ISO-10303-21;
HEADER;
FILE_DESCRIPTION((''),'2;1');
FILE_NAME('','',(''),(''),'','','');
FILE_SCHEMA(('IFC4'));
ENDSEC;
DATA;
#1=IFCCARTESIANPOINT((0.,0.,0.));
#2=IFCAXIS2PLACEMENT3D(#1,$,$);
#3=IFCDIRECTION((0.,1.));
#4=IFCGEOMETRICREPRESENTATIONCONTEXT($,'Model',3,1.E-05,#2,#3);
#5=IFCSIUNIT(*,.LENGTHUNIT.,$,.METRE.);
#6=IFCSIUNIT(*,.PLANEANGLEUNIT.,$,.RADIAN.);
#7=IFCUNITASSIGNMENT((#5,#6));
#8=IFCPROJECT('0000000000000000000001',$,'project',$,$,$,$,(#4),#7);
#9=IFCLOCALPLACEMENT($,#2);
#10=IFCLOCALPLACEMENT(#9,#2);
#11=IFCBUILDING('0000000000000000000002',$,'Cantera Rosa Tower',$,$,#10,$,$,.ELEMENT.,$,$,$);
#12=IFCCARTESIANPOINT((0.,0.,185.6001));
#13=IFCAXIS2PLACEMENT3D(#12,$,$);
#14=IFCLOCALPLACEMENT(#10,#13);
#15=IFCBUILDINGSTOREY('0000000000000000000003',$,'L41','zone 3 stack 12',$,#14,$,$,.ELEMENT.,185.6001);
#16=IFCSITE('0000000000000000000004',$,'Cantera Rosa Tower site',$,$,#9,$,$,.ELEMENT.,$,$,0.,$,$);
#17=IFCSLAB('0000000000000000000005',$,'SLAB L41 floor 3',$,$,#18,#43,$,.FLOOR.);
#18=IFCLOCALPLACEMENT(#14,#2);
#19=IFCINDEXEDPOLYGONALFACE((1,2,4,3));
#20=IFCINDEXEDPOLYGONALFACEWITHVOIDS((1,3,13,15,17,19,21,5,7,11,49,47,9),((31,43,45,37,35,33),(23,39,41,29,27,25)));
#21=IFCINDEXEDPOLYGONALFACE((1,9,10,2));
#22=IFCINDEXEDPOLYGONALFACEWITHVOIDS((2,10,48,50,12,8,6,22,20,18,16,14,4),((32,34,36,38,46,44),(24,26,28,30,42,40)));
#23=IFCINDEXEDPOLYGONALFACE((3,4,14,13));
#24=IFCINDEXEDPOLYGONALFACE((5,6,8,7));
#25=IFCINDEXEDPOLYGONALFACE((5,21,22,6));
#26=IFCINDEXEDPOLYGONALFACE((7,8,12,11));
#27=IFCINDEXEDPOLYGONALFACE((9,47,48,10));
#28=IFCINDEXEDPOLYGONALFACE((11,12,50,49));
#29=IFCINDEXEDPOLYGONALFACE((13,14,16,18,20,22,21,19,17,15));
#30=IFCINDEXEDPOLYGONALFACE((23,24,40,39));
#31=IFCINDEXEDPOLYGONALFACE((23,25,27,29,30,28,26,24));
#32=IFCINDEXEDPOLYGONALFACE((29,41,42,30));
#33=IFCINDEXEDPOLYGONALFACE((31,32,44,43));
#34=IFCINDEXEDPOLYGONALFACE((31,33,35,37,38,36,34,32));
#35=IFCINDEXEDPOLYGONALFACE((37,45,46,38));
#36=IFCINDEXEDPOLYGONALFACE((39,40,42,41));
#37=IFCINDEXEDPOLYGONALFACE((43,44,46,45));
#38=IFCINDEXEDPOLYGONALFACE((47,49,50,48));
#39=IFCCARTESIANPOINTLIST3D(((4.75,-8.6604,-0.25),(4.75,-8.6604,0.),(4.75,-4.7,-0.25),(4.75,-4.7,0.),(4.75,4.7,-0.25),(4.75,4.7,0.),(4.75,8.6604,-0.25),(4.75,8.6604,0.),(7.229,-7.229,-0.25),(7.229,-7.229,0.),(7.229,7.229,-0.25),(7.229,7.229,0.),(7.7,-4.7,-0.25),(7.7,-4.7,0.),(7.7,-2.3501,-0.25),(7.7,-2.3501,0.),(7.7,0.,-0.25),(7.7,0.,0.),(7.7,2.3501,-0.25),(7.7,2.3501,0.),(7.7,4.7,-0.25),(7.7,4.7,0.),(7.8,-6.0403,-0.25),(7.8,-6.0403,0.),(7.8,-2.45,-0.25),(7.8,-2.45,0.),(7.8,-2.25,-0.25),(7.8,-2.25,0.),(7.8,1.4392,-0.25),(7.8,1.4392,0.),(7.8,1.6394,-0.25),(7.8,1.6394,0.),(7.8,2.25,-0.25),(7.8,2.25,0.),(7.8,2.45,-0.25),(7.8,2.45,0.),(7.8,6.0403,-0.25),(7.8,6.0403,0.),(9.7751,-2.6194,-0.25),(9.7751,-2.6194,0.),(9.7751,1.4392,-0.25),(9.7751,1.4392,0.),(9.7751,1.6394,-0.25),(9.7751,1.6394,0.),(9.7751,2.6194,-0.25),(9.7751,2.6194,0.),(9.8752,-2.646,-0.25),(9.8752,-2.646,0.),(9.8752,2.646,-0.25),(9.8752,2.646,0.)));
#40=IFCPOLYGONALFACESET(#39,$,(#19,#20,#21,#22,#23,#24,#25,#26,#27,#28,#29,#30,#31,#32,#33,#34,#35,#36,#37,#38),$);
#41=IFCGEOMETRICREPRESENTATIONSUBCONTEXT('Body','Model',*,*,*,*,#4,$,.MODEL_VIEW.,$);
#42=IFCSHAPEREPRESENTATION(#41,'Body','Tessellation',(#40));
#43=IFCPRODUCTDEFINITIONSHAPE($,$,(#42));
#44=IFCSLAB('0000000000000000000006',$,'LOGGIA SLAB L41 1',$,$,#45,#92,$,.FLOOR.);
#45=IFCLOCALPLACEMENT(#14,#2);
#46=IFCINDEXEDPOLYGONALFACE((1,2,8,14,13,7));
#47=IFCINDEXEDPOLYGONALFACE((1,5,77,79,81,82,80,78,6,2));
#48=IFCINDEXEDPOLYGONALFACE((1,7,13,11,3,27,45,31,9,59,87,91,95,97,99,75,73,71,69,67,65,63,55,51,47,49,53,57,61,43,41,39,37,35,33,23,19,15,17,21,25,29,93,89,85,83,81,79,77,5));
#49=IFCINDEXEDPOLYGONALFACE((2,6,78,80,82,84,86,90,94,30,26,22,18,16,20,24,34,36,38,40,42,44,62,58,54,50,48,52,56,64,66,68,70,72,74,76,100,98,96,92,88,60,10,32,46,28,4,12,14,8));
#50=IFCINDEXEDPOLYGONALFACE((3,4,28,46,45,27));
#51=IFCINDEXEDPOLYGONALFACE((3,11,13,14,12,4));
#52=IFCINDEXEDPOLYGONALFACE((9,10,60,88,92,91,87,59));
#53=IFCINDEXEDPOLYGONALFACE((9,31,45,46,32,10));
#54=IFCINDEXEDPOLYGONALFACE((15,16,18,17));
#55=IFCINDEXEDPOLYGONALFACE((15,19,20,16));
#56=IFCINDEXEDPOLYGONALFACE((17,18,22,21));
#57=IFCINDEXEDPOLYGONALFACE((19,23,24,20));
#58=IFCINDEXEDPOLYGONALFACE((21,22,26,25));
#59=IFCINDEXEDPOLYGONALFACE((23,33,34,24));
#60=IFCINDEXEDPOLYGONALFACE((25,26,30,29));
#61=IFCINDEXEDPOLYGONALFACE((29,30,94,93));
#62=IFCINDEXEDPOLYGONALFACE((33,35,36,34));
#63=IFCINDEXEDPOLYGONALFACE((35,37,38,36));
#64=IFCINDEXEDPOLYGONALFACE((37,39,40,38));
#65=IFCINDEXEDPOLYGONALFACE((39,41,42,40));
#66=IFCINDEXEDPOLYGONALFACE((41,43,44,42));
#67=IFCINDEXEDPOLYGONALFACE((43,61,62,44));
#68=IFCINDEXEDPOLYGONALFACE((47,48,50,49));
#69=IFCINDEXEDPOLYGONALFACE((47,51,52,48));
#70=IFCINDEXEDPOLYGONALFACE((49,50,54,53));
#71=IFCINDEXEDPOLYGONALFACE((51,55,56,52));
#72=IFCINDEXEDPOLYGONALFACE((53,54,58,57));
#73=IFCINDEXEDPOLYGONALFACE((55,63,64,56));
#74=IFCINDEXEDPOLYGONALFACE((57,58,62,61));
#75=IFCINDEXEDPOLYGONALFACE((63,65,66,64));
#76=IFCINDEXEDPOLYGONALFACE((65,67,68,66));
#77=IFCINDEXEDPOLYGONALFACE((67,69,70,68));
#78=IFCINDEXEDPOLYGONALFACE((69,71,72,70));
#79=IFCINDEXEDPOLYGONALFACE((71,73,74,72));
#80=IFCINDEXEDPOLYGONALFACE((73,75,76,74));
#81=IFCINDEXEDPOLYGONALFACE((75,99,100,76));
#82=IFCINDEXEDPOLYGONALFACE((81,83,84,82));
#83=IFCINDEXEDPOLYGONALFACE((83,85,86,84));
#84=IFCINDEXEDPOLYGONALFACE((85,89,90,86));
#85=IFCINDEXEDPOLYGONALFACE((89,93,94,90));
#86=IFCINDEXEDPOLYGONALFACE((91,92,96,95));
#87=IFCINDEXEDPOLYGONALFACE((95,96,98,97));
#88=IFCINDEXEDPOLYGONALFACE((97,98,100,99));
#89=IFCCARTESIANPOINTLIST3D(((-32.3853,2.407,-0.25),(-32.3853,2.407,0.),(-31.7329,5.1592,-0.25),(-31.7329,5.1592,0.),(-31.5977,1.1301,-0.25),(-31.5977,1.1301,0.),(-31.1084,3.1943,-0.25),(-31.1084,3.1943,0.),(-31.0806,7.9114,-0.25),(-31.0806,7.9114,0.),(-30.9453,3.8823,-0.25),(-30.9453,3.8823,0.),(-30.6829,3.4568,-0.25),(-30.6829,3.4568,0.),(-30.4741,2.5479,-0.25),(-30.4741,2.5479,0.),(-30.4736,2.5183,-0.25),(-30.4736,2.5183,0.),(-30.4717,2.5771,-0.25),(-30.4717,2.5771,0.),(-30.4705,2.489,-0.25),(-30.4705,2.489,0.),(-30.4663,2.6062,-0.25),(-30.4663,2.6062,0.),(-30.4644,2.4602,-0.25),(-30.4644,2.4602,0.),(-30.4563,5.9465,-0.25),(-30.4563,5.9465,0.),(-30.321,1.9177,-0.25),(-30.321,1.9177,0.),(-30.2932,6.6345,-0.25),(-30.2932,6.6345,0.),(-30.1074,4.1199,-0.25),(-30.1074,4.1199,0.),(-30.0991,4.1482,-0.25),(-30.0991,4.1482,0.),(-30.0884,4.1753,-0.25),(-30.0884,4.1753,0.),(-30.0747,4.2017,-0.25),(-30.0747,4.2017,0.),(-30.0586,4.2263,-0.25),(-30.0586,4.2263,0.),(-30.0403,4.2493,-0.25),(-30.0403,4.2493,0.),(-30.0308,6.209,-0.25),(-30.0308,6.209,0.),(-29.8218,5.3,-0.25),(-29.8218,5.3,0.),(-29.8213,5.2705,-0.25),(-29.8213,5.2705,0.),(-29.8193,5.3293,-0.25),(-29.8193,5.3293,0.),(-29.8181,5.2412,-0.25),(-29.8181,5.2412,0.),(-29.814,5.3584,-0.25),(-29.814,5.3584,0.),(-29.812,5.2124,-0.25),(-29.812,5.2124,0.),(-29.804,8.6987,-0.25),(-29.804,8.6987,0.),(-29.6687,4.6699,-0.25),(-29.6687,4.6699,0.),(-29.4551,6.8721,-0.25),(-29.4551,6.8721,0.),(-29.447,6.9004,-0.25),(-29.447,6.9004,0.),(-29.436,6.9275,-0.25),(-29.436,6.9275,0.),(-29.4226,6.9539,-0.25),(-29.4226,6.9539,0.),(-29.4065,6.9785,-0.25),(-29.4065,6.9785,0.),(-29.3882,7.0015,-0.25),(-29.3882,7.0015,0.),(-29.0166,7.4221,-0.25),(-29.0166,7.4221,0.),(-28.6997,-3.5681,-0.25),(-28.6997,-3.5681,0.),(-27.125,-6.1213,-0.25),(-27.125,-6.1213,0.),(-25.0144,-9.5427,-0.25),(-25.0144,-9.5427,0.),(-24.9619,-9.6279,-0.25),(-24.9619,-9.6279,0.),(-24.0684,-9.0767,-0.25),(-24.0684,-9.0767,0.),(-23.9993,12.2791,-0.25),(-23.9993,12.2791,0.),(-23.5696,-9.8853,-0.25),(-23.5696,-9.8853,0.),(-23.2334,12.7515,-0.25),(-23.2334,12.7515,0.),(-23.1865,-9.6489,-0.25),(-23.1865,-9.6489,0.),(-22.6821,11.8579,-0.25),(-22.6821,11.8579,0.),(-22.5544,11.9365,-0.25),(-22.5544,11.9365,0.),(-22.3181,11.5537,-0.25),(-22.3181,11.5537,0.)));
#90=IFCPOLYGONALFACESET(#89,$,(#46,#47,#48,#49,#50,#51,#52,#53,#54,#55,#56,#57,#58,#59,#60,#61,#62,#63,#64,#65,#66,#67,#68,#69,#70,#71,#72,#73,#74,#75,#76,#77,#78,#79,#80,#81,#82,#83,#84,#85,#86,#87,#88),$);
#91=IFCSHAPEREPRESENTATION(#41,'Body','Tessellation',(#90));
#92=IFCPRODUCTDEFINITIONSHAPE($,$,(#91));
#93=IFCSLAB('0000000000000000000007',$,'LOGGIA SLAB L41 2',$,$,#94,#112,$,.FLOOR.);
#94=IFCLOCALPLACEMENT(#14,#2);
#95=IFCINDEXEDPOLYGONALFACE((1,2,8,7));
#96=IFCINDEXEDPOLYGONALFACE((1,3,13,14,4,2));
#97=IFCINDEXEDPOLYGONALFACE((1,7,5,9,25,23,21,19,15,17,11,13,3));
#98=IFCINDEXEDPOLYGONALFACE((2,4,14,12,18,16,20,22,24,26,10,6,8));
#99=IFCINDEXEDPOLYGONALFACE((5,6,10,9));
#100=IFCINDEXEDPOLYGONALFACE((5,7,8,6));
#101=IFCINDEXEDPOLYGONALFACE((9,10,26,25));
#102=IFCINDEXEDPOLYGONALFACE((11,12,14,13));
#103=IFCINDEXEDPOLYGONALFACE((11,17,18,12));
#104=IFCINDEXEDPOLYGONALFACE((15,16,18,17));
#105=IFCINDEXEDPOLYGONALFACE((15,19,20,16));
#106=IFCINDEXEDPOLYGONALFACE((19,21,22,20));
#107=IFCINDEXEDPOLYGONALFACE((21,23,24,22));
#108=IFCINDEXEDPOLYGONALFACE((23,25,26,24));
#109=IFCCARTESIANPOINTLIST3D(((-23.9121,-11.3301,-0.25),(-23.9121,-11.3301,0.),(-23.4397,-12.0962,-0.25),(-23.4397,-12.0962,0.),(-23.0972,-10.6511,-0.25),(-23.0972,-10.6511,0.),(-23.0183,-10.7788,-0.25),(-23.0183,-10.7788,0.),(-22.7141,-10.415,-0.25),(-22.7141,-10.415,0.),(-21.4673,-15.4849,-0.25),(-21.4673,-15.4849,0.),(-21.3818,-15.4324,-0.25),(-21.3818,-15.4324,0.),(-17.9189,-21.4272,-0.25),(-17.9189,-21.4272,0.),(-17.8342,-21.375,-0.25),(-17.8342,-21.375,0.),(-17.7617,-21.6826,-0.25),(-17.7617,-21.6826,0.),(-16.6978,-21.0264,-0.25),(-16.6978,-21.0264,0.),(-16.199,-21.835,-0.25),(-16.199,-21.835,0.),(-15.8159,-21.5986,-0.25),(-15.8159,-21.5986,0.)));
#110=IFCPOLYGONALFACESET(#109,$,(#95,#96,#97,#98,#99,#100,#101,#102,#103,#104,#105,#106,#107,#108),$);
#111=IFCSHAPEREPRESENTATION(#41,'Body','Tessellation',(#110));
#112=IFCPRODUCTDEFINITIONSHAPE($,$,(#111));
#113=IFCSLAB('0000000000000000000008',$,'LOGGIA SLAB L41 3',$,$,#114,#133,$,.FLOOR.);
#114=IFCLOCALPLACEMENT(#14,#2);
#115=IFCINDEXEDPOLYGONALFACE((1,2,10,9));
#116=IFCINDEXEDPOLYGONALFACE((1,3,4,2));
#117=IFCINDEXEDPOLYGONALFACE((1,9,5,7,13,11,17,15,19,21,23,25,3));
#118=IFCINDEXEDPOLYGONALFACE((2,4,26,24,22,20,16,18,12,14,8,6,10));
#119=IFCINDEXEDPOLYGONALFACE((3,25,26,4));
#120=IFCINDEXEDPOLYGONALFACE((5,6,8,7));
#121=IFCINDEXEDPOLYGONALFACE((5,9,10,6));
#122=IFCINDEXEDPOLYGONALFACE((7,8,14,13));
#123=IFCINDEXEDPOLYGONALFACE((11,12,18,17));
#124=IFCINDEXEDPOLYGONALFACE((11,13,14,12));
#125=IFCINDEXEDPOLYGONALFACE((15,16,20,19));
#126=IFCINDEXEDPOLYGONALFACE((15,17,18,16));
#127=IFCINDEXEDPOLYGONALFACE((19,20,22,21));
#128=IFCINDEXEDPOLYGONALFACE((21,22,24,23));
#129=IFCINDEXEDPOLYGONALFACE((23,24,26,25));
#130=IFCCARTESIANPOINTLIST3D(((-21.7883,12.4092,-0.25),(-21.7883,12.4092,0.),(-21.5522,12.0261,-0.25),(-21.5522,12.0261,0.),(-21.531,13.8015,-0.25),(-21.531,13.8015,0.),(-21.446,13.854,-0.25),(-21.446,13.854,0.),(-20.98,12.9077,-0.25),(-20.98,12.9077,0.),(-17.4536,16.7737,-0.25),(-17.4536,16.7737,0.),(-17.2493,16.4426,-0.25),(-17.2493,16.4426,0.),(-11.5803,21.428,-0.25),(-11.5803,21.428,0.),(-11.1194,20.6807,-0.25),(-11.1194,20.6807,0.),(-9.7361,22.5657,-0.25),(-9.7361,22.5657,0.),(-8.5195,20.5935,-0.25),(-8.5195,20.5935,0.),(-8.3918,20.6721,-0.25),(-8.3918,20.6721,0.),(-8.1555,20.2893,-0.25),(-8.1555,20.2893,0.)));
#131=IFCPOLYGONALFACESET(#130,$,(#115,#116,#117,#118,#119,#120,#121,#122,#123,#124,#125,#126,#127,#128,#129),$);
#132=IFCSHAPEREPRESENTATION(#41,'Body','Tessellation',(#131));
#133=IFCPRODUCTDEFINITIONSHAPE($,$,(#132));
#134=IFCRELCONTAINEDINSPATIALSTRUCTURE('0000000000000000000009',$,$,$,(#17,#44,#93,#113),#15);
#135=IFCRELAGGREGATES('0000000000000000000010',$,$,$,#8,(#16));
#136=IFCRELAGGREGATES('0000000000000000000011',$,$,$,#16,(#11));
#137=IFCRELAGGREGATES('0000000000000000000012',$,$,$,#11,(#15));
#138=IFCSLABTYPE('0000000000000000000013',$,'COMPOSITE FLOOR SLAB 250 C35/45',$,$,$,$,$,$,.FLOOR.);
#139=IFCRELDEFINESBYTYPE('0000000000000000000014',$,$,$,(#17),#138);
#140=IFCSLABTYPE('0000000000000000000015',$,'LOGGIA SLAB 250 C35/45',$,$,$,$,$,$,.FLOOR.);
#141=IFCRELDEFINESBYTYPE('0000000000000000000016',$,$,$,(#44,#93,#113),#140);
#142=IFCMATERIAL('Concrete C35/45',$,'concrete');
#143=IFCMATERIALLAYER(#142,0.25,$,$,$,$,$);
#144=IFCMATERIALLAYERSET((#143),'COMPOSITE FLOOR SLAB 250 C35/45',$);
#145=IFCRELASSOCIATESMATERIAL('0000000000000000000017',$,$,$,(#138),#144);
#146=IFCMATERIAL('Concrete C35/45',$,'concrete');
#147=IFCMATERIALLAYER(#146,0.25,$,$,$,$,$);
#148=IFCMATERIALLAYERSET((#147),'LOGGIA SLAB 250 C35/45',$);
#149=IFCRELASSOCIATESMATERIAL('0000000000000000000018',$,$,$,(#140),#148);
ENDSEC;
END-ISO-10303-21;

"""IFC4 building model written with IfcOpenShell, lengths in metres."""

from ifc_helpers import new_model, si_unit, direction, frame, origin, place, context, subcontext, project, spatial, polyline, outline, extrude, material, layer, layer_set, type_object, element, save


model = new_model("IFC4")

# Units and contexts
model_context = context("Model", 3, precision=1e-05, world=origin(), true_north=direction((0.0, 1.0)))
body_context = subcontext(model_context, "Body", "Model", "MODEL_VIEW")
ifc_project = project(units=[si_unit("LENGTHUNIT", "METRE"), si_unit("PLANEANGLEUNIT", "RADIAN")], contexts=[model_context])

# Site, building, storey
site_placement = place(None, origin())
site = spatial("IfcSite", under=ifc_project, at=site_placement, Name="Cantera Rosa Tower site", CompositionType="ELEMENT", RefElevation=0.0)
building_placement = place(site_placement, origin())
building = spatial("IfcBuilding", under=site, at=building_placement, Name="Cantera Rosa Tower", CompositionType="ELEMENT")
storey_placement = place(building_placement, frame((0.0, 0.0, 185.6001)))
storey = spatial("IfcBuildingStorey", under=building, at=storey_placement, Name="L41", Description="zone 3 stack 12", CompositionType="ELEMENT", Elevation=185.6001)

# Slabs
ifc_material_1 = material(Name="Concrete C35/45", Category="concrete")
ifc_layer_1 = layer(ifc_material_1, 0.25)
ifc_layer_set_1 = layer_set([ifc_layer_1], Name="COMPOSITE FLOOR SLAB 250 C35/45")
slab_type_1 = type_object("IfcSlabType", Name="COMPOSITE FLOOR SLAB 250 C35/45", PredefinedType="FLOOR", material=ifc_layer_set_1)
slab_1_placement = place(storey_placement, frame((0.0, 0.0, -0.25)))
element("IfcSlab", 1, at=slab_1_placement, inside=storey, type_object=slab_type_1, Name="SLAB L41 floor 3", PredefinedType="FLOOR", context=body_context, shape_type="SweptSolid", body=[
    extrude(outline(polyline([(7.7, 0.0), (7.7, 2.3501), (7.7, 4.7), (4.75, 4.7), (4.75, 8.6604), (7.229, 7.229), (9.8752, 2.646), (9.8752, -2.646), (7.229, -7.229), (4.75, -8.6604), (4.75, -4.7), (7.7, -4.7), (7.7, -2.3501), (7.7, 0.0)]), holes=[polyline([(9.7751, -2.6194), (9.7751, 1.4392), (7.8, 1.4392), (7.8, -2.25), (7.8, -2.45), (7.8, -6.0403), (9.7751, -2.6194)]), polyline([(9.7751, 1.6394), (9.7751, 2.6194), (7.8, 6.0403), (7.8, 2.45), (7.8, 2.25), (7.8, 1.6394), (9.7751, 1.6394)])]), origin(), (0.0, 0.0, 1.0), 0.25),
])
ifc_material_2 = material(Name="Concrete C35/45", Category="concrete")
ifc_layer_2 = layer(ifc_material_2, 0.25)
ifc_layer_set_2 = layer_set([ifc_layer_2], Name="LOGGIA SLAB 250 C35/45")
slab_type_2 = type_object("IfcSlabType", Name="LOGGIA SLAB 250 C35/45", PredefinedType="FLOOR", material=ifc_layer_set_2)
slab_2_placement = place(storey_placement, frame((0.0, 0.0, -0.25)))
element("IfcSlab", 2, at=slab_2_placement, inside=storey, type_object=slab_type_2, Name="LOGGIA SLAB L41 1", PredefinedType="FLOOR", context=body_context, shape_type="SweptSolid", body=[
    extrude(outline(polyline([(-28.6997, -3.5681), (-31.5977, 1.1301), (-32.3853, 2.407), (-31.1084, 3.1943), (-30.6829, 3.4568), (-30.9453, 3.8823), (-31.7329, 5.1592), (-30.4563, 5.9465), (-30.0308, 6.209), (-30.2932, 6.6345), (-31.0806, 7.9114), (-29.804, 8.6987), (-23.9993, 12.2791), (-23.2334, 12.7515), (-22.6821, 11.8579), (-22.5544, 11.9365), (-22.3181, 11.5537), (-29.0166, 7.4221), (-29.3882, 7.0015), (-29.4065, 6.9785), (-29.4226, 6.9539), (-29.436, 6.9275), (-29.447, 6.9004), (-29.4551, 6.8721), (-29.814, 5.3584), (-29.8193, 5.3293), (-29.8218, 5.3), (-29.8213, 5.2705), (-29.8181, 5.2412), (-29.812, 5.2124), (-29.6687, 4.6699), (-30.0403, 4.2493), (-30.0586, 4.2263), (-30.0747, 4.2017), (-30.0884, 4.1753), (-30.0991, 4.1482), (-30.1074, 4.1199), (-30.4663, 2.6062), (-30.4717, 2.5771), (-30.4741, 2.5479), (-30.4736, 2.5183), (-30.4705, 2.489), (-30.4644, 2.4602), (-30.321, 1.9177), (-23.1865, -9.6489), (-23.5696, -9.8853), (-24.0684, -9.0767), (-24.9619, -9.6279), (-25.0144, -9.5427), (-27.125, -6.1213), (-28.6997, -3.5681)])), origin(), (0.0, 0.0, 1.0), 0.25),
])
slab_3_placement = place(storey_placement, frame((0.0, 0.0, -0.25)))
element("IfcSlab", 3, at=slab_3_placement, inside=storey, type_object=slab_type_2, Name="LOGGIA SLAB L41 2", PredefinedType="FLOOR", context=body_context, shape_type="SweptSolid", body=[
    extrude(outline(polyline([(-21.4673, -15.4849), (-21.3818, -15.4324), (-23.4397, -12.0962), (-23.9121, -11.3301), (-23.0183, -10.7788), (-23.0972, -10.6511), (-22.7141, -10.415), (-15.8159, -21.5986), (-16.199, -21.835), (-16.6978, -21.0264), (-17.7617, -21.6826), (-17.9189, -21.4272), (-17.8342, -21.375), (-21.4673, -15.4849)])), origin(), (0.0, 0.0, 1.0), 0.25),
])
slab_4_placement = place(storey_placement, frame((0.0, 0.0, -0.25)))
element("IfcSlab", 4, at=slab_4_placement, inside=storey, type_object=slab_type_2, Name="LOGGIA SLAB L41 3", PredefinedType="FLOOR", context=body_context, shape_type="SweptSolid", body=[
    extrude(outline(polyline([(-17.4536, 16.7737), (-11.1194, 20.6807), (-11.5803, 21.428), (-9.7361, 22.5657), (-8.5195, 20.5935), (-8.3918, 20.6721), (-8.1555, 20.2893), (-21.5522, 12.0261), (-21.7883, 12.4092), (-20.98, 12.9077), (-21.531, 13.8015), (-21.446, 13.854), (-17.2493, 16.4426), (-17.4536, 16.7737)])), origin(), (0.0, 0.0, 1.0), 0.25),
])

save(model, "model.ifc")
